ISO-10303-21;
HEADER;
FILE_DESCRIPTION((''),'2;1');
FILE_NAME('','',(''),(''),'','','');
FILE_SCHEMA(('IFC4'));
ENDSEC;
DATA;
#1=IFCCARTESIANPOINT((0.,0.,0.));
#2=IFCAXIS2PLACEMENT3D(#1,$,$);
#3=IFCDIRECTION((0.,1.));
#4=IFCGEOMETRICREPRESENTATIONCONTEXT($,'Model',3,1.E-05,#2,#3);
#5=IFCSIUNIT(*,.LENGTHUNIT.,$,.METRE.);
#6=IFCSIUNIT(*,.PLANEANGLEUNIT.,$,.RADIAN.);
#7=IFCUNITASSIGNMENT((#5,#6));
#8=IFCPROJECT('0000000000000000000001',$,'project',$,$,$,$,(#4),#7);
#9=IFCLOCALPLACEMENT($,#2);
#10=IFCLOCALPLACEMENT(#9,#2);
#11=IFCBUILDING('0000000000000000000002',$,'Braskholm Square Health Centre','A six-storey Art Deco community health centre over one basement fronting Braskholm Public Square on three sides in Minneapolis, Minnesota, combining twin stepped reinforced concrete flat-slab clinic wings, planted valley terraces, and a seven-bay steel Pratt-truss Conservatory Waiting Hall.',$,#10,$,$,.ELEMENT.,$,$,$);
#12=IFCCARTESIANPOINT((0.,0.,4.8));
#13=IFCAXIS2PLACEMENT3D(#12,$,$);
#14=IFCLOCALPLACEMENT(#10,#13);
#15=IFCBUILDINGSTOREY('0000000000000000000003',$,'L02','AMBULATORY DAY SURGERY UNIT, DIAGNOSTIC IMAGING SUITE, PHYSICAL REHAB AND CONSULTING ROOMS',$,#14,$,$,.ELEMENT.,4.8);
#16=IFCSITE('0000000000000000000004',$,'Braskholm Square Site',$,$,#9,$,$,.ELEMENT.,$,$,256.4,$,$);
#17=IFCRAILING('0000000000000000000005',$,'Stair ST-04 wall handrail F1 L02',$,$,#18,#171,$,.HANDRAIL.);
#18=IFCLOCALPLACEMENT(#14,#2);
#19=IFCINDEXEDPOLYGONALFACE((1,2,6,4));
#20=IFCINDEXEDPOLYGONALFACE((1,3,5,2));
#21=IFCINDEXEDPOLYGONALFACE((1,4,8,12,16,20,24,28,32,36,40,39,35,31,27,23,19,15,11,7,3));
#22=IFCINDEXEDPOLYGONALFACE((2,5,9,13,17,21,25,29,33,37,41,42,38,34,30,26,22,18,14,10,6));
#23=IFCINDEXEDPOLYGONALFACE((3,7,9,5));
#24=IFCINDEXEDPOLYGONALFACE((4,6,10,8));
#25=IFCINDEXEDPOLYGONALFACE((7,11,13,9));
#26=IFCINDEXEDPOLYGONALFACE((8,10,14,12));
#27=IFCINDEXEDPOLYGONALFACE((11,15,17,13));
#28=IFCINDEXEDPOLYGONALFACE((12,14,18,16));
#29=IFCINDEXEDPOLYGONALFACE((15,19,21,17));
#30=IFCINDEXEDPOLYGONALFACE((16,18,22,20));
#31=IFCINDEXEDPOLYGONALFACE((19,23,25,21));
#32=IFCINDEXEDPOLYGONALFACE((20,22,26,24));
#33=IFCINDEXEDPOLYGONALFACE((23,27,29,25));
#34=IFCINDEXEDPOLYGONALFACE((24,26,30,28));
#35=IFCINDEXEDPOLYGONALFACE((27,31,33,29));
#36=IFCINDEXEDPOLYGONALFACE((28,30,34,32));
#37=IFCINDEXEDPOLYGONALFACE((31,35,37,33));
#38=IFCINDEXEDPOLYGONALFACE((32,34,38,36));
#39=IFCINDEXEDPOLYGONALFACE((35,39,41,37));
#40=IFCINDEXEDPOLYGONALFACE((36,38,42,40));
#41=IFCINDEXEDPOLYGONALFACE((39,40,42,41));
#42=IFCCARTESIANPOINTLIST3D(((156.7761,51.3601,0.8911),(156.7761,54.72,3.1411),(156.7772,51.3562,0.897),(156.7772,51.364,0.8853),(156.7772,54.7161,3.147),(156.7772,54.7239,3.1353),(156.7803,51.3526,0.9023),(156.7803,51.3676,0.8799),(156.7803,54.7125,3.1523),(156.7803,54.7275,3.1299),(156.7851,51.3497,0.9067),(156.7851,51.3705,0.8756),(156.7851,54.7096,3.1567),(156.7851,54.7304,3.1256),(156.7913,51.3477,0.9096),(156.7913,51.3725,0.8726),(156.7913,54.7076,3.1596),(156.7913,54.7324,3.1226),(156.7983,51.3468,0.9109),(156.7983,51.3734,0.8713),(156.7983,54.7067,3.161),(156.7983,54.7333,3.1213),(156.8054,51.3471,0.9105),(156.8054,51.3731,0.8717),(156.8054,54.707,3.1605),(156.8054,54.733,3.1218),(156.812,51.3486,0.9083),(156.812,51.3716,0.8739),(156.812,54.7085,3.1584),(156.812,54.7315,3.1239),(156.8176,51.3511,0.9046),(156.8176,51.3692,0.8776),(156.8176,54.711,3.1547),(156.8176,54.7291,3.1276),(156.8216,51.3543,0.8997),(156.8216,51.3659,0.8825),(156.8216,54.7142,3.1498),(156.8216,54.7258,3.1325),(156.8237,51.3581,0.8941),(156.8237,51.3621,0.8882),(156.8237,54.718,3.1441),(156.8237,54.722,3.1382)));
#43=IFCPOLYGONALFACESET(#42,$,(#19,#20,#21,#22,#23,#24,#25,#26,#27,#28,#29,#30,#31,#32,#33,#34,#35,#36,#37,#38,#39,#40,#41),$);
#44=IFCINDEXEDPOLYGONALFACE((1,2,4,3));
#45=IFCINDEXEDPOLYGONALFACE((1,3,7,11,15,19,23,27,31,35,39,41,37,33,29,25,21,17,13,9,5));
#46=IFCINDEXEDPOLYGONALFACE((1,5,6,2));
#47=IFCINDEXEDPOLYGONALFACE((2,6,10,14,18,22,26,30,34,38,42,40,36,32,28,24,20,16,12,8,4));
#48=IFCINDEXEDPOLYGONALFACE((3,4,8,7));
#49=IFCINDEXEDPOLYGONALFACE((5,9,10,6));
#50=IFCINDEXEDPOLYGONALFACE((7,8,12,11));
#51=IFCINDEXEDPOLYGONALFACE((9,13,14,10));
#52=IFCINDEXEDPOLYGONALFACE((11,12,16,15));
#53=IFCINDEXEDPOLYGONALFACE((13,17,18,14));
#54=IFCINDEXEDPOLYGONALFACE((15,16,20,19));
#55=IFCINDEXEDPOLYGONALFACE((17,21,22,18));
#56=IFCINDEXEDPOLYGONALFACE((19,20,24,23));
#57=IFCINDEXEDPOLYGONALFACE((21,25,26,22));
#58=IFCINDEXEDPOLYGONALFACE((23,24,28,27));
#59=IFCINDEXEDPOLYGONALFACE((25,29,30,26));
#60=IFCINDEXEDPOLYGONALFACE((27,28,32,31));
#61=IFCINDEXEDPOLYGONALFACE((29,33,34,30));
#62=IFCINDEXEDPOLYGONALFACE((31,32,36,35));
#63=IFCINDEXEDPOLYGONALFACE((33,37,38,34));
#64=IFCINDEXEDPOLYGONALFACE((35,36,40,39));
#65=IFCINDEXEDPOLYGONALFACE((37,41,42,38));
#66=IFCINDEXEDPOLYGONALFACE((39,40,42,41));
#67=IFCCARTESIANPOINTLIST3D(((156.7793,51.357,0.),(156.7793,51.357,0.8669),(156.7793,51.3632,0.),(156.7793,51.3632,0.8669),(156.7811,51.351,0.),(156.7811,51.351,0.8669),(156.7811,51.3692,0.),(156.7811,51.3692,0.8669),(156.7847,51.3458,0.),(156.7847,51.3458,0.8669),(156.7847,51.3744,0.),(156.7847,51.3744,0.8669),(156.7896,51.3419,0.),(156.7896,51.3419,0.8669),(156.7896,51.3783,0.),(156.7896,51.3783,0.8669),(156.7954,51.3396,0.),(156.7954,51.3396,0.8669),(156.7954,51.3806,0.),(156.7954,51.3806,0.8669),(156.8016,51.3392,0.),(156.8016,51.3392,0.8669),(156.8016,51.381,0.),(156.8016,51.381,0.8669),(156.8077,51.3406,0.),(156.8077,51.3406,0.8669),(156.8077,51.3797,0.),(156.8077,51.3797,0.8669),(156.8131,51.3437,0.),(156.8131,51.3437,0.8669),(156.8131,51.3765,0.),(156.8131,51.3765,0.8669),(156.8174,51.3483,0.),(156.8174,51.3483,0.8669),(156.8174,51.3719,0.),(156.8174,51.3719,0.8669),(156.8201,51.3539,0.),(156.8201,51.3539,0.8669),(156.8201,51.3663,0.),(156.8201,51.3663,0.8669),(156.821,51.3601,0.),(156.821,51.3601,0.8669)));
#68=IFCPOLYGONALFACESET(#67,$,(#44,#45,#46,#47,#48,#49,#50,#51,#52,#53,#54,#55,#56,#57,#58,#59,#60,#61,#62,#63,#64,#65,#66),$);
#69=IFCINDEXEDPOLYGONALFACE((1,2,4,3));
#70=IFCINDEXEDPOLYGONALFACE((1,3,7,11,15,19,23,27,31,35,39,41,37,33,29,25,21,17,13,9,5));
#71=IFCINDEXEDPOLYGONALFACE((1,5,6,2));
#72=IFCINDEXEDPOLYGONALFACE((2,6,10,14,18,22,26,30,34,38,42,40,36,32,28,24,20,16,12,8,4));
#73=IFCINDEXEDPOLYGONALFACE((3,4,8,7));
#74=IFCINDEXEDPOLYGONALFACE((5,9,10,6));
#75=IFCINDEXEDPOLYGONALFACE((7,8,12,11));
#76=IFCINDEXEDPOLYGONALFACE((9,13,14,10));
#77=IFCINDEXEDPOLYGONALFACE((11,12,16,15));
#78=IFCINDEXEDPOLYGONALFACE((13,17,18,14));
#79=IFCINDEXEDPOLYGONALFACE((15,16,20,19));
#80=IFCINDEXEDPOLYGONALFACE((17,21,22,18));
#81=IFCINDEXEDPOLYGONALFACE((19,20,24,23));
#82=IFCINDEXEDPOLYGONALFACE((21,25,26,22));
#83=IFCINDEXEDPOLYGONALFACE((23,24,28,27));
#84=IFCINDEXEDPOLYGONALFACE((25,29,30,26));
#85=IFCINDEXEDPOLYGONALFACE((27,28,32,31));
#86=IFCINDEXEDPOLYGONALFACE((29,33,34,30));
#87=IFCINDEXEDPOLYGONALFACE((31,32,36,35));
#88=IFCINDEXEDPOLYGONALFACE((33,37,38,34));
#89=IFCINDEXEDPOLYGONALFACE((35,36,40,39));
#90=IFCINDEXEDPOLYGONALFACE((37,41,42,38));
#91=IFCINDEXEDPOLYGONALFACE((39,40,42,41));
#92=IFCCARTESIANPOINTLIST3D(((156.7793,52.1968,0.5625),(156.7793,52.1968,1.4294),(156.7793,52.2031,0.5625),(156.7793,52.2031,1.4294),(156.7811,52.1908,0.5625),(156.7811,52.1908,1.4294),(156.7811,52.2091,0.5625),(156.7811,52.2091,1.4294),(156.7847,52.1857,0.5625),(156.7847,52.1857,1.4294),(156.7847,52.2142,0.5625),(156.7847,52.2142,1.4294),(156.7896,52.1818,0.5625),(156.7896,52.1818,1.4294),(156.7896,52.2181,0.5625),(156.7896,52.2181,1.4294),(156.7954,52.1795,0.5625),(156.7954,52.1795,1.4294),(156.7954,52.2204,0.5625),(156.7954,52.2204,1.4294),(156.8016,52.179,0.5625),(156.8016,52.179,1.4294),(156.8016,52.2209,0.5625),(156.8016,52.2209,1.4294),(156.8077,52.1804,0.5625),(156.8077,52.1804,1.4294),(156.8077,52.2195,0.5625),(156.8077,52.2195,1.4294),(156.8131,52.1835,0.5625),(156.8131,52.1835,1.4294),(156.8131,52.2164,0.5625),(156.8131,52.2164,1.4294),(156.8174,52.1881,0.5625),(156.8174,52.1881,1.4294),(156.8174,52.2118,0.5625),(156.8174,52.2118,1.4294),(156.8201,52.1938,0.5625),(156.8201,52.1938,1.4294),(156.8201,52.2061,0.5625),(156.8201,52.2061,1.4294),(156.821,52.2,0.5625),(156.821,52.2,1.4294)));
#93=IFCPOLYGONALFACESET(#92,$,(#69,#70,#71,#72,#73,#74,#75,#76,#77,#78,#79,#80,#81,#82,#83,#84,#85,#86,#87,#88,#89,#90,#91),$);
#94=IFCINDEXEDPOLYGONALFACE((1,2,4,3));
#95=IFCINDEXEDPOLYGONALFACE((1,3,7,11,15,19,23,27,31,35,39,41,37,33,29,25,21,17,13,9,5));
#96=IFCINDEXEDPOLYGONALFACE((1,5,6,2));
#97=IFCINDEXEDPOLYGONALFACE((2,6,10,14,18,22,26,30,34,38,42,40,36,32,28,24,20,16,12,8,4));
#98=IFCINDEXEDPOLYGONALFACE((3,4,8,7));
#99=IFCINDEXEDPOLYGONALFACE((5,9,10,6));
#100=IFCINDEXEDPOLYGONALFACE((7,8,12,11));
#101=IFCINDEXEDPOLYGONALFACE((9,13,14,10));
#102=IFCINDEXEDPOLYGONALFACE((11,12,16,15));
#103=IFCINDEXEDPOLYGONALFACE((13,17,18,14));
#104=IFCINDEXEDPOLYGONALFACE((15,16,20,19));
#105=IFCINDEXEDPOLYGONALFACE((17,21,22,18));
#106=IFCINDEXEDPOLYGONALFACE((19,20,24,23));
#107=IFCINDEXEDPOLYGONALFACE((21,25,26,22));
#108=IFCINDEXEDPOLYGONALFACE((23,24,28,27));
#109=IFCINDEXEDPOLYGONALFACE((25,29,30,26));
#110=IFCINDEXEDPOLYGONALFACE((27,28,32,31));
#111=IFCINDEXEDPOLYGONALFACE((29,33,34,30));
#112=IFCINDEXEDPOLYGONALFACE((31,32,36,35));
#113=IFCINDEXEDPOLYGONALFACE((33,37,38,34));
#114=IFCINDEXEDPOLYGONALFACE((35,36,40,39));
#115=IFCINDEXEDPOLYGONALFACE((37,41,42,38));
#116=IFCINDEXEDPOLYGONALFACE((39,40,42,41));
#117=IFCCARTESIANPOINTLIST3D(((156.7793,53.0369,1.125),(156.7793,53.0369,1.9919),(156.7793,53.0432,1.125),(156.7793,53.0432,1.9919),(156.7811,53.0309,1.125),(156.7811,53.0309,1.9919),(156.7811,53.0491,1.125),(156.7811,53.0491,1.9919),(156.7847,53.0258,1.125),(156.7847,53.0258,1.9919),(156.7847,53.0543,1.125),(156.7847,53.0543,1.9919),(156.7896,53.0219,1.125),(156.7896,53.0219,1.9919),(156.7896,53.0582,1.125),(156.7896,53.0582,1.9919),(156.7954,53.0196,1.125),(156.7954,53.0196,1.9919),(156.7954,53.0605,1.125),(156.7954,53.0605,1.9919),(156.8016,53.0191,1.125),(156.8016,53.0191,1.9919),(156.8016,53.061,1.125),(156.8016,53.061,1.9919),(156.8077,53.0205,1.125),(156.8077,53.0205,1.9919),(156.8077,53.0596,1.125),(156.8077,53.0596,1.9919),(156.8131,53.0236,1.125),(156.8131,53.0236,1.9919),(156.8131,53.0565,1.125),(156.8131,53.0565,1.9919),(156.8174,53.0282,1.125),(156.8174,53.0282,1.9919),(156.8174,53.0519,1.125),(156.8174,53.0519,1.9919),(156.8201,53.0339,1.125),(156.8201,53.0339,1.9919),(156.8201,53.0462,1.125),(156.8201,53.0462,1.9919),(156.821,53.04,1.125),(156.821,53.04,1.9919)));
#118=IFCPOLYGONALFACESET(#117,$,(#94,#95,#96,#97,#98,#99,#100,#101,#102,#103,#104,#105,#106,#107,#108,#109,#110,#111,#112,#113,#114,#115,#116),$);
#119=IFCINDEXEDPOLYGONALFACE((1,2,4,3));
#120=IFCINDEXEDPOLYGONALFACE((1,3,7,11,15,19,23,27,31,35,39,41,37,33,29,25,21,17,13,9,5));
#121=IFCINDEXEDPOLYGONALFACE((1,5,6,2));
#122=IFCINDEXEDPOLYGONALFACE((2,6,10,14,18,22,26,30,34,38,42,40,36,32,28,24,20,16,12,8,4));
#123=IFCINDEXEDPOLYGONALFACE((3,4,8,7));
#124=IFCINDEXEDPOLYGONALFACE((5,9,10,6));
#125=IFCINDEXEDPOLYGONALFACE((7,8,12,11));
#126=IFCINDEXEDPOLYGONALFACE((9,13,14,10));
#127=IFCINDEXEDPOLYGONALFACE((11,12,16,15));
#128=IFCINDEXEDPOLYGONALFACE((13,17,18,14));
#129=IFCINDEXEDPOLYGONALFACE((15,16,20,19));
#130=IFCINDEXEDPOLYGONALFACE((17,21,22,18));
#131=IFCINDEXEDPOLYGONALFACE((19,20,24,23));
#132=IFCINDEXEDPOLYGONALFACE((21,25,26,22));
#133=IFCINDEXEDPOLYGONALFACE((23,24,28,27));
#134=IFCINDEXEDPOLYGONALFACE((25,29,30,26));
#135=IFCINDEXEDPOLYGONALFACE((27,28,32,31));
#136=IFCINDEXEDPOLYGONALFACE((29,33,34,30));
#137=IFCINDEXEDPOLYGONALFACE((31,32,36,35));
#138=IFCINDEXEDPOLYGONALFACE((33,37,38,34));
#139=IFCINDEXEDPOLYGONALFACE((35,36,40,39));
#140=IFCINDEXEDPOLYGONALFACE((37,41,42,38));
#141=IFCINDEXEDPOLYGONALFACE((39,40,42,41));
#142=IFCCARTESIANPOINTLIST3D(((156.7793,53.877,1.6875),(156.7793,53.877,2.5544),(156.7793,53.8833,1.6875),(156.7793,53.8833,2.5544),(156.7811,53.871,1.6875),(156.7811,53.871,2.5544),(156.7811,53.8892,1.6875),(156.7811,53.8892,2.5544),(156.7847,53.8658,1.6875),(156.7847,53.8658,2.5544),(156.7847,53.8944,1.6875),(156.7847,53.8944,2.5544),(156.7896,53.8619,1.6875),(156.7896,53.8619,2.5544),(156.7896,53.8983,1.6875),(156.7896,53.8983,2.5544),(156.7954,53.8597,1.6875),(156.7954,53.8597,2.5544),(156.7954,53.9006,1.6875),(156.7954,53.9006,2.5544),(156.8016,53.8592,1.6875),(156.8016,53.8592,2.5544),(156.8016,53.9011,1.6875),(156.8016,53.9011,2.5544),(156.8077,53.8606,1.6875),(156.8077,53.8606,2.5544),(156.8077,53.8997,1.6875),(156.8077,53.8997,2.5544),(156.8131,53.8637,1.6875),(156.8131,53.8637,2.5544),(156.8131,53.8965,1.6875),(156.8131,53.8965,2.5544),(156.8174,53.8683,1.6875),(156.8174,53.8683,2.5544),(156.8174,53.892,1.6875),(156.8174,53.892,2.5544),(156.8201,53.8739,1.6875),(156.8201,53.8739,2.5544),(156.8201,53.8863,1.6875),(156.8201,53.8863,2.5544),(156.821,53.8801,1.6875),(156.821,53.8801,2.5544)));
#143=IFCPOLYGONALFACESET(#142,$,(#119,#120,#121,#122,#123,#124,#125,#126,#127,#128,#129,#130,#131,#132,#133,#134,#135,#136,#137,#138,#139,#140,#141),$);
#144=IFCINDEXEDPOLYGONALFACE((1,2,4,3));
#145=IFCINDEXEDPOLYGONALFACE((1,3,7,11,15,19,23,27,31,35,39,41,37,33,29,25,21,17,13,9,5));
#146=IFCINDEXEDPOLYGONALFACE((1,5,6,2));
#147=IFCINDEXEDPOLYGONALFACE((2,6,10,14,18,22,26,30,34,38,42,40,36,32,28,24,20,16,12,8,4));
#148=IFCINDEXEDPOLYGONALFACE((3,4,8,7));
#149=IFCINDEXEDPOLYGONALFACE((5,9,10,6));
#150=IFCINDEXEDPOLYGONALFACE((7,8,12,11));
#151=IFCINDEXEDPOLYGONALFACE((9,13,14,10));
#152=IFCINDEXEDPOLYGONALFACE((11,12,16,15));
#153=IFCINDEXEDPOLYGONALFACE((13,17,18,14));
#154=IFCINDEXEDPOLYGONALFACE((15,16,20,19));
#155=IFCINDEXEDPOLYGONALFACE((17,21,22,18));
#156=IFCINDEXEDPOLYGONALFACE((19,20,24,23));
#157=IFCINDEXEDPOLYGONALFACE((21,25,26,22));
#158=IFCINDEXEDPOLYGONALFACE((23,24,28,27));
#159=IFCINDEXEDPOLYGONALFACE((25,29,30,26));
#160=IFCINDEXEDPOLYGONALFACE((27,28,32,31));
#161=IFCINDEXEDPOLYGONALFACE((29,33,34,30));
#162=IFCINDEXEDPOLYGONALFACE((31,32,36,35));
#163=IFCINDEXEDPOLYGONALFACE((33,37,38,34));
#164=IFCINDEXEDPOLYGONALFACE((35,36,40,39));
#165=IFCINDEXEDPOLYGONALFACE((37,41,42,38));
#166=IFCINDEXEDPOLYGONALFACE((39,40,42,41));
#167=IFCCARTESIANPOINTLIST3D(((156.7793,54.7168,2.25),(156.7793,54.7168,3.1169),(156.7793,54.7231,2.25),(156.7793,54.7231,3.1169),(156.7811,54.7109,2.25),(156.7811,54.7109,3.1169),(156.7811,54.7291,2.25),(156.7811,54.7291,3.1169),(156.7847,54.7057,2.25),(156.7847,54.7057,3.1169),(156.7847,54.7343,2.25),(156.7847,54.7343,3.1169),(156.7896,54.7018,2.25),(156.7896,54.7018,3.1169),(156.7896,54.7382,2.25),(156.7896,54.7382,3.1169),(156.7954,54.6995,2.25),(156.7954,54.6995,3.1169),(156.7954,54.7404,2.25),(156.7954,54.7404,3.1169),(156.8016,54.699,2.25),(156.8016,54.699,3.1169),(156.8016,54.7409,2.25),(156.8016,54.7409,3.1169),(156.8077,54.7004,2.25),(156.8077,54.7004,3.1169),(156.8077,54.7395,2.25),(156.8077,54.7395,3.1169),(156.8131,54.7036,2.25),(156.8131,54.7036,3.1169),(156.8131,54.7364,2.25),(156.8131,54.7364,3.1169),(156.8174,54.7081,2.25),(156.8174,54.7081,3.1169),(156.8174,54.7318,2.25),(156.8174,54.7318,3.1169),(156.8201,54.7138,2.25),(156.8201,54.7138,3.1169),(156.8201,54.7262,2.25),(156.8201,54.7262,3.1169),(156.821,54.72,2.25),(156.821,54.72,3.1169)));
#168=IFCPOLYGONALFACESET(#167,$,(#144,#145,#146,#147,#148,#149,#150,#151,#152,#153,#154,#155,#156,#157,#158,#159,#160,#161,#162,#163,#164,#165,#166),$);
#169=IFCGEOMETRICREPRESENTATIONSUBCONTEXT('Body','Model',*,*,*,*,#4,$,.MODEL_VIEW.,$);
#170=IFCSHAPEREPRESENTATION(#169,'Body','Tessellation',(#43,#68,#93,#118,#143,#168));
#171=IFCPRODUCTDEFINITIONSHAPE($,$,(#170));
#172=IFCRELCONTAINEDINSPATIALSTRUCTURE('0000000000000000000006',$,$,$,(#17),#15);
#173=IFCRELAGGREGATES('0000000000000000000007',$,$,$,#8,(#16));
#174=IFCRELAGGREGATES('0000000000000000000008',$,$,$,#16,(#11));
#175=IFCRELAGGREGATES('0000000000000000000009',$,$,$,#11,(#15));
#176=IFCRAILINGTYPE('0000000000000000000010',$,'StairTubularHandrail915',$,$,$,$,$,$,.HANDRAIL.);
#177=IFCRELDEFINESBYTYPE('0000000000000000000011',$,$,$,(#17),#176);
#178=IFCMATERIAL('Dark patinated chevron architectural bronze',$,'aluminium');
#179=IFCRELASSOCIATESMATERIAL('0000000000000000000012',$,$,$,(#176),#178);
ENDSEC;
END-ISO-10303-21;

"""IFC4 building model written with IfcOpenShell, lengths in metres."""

from ifc_helpers import new_model, si_unit, direction, frame, origin, origin_2d, place, context, subcontext, project, spatial, circle, extrude, material, type_object, element, save


model = new_model("IFC4")

# Units and contexts
model_context = context("Model", 3, precision=1e-05, world=origin(), true_north=direction((0.0, 1.0)))
body_context = subcontext(model_context, "Body", "Model", "MODEL_VIEW")
ifc_project = project(units=[si_unit("LENGTHUNIT", "METRE"), si_unit("PLANEANGLEUNIT", "RADIAN")], contexts=[model_context])

# Site, building, storey
site_placement = place(None, origin())
site = spatial("IfcSite", under=ifc_project, at=site_placement, Name="Braskholm Square Site", CompositionType="ELEMENT", RefElevation=256.4)
building_placement = place(site_placement, origin())
building = spatial("IfcBuilding", under=site, at=building_placement, Name="Braskholm Square Health Centre", Description="A six-storey Art Deco community health centre over one basement fronting Braskholm Public Square on three sides in Minneapolis, Minnesota, combining twin stepped reinforced concrete flat-slab clinic wings, planted valley terraces, and a seven-bay steel Pratt-truss Conservatory Waiting Hall.", CompositionType="ELEMENT")
storey_placement = place(building_placement, frame((0.0, 0.0, 4.8)))
storey = spatial("IfcBuildingStorey", under=building, at=storey_placement, Name="L02", Description="AMBULATORY DAY SURGERY UNIT, DIAGNOSTIC IMAGING SUITE, PHYSICAL REHAB AND CONSULTING ROOMS", CompositionType="ELEMENT", Elevation=4.8)

# Shared definitions
ifc_material_1 = material(Name="Dark patinated chevron architectural bronze", Category="aluminium")

# Railing
railing_type_1 = type_object("IfcRailingType", Name="StairTubularHandrail915", PredefinedType="HANDRAIL", material=ifc_material_1)
railing_1_placement = place(storey_placement, frame((156.8, 51.3601, 0.0)))
element("IfcRailing", 1, at=railing_1_placement, inside=storey, type_object=railing_type_1, Name="Stair ST-04 wall handrail F1 L02", PredefinedType="HANDRAIL", context=body_context, shape_type="SweptSolid", body=[
    extrude(circle(Radius=0.0239, at=origin_2d()), frame((0.0, 0.0, 0.8911), z_axis=(0.0, 0.830897, 0.556427), x_axis=(-1.0, 0.0, 0.0)), (0.0, 0.0, 1.0), 4.0437),
    extrude(circle(Radius=0.021, at=origin_2d()), origin(), (0.0, 0.0, 1.0), 0.8669),
    extrude(circle(Radius=0.021, at=origin_2d()), frame((0.0, 0.8398, 0.5625)), (0.0, 0.0, 1.0), 0.8669),
    extrude(circle(Radius=0.021, at=origin_2d()), frame((0.0, 1.6799, 1.125)), (0.0, 0.0, 1.0), 0.8669),
    extrude(circle(Radius=0.021, at=origin_2d()), frame((0.0, 2.52, 1.6875)), (0.0, 0.0, 1.0), 0.8669),
    extrude(circle(Radius=0.021, at=origin_2d()), frame((0.0, 3.3599, 2.25)), (0.0, 0.0, 1.0), 0.8669),
])

save(model, "model.ifc")
